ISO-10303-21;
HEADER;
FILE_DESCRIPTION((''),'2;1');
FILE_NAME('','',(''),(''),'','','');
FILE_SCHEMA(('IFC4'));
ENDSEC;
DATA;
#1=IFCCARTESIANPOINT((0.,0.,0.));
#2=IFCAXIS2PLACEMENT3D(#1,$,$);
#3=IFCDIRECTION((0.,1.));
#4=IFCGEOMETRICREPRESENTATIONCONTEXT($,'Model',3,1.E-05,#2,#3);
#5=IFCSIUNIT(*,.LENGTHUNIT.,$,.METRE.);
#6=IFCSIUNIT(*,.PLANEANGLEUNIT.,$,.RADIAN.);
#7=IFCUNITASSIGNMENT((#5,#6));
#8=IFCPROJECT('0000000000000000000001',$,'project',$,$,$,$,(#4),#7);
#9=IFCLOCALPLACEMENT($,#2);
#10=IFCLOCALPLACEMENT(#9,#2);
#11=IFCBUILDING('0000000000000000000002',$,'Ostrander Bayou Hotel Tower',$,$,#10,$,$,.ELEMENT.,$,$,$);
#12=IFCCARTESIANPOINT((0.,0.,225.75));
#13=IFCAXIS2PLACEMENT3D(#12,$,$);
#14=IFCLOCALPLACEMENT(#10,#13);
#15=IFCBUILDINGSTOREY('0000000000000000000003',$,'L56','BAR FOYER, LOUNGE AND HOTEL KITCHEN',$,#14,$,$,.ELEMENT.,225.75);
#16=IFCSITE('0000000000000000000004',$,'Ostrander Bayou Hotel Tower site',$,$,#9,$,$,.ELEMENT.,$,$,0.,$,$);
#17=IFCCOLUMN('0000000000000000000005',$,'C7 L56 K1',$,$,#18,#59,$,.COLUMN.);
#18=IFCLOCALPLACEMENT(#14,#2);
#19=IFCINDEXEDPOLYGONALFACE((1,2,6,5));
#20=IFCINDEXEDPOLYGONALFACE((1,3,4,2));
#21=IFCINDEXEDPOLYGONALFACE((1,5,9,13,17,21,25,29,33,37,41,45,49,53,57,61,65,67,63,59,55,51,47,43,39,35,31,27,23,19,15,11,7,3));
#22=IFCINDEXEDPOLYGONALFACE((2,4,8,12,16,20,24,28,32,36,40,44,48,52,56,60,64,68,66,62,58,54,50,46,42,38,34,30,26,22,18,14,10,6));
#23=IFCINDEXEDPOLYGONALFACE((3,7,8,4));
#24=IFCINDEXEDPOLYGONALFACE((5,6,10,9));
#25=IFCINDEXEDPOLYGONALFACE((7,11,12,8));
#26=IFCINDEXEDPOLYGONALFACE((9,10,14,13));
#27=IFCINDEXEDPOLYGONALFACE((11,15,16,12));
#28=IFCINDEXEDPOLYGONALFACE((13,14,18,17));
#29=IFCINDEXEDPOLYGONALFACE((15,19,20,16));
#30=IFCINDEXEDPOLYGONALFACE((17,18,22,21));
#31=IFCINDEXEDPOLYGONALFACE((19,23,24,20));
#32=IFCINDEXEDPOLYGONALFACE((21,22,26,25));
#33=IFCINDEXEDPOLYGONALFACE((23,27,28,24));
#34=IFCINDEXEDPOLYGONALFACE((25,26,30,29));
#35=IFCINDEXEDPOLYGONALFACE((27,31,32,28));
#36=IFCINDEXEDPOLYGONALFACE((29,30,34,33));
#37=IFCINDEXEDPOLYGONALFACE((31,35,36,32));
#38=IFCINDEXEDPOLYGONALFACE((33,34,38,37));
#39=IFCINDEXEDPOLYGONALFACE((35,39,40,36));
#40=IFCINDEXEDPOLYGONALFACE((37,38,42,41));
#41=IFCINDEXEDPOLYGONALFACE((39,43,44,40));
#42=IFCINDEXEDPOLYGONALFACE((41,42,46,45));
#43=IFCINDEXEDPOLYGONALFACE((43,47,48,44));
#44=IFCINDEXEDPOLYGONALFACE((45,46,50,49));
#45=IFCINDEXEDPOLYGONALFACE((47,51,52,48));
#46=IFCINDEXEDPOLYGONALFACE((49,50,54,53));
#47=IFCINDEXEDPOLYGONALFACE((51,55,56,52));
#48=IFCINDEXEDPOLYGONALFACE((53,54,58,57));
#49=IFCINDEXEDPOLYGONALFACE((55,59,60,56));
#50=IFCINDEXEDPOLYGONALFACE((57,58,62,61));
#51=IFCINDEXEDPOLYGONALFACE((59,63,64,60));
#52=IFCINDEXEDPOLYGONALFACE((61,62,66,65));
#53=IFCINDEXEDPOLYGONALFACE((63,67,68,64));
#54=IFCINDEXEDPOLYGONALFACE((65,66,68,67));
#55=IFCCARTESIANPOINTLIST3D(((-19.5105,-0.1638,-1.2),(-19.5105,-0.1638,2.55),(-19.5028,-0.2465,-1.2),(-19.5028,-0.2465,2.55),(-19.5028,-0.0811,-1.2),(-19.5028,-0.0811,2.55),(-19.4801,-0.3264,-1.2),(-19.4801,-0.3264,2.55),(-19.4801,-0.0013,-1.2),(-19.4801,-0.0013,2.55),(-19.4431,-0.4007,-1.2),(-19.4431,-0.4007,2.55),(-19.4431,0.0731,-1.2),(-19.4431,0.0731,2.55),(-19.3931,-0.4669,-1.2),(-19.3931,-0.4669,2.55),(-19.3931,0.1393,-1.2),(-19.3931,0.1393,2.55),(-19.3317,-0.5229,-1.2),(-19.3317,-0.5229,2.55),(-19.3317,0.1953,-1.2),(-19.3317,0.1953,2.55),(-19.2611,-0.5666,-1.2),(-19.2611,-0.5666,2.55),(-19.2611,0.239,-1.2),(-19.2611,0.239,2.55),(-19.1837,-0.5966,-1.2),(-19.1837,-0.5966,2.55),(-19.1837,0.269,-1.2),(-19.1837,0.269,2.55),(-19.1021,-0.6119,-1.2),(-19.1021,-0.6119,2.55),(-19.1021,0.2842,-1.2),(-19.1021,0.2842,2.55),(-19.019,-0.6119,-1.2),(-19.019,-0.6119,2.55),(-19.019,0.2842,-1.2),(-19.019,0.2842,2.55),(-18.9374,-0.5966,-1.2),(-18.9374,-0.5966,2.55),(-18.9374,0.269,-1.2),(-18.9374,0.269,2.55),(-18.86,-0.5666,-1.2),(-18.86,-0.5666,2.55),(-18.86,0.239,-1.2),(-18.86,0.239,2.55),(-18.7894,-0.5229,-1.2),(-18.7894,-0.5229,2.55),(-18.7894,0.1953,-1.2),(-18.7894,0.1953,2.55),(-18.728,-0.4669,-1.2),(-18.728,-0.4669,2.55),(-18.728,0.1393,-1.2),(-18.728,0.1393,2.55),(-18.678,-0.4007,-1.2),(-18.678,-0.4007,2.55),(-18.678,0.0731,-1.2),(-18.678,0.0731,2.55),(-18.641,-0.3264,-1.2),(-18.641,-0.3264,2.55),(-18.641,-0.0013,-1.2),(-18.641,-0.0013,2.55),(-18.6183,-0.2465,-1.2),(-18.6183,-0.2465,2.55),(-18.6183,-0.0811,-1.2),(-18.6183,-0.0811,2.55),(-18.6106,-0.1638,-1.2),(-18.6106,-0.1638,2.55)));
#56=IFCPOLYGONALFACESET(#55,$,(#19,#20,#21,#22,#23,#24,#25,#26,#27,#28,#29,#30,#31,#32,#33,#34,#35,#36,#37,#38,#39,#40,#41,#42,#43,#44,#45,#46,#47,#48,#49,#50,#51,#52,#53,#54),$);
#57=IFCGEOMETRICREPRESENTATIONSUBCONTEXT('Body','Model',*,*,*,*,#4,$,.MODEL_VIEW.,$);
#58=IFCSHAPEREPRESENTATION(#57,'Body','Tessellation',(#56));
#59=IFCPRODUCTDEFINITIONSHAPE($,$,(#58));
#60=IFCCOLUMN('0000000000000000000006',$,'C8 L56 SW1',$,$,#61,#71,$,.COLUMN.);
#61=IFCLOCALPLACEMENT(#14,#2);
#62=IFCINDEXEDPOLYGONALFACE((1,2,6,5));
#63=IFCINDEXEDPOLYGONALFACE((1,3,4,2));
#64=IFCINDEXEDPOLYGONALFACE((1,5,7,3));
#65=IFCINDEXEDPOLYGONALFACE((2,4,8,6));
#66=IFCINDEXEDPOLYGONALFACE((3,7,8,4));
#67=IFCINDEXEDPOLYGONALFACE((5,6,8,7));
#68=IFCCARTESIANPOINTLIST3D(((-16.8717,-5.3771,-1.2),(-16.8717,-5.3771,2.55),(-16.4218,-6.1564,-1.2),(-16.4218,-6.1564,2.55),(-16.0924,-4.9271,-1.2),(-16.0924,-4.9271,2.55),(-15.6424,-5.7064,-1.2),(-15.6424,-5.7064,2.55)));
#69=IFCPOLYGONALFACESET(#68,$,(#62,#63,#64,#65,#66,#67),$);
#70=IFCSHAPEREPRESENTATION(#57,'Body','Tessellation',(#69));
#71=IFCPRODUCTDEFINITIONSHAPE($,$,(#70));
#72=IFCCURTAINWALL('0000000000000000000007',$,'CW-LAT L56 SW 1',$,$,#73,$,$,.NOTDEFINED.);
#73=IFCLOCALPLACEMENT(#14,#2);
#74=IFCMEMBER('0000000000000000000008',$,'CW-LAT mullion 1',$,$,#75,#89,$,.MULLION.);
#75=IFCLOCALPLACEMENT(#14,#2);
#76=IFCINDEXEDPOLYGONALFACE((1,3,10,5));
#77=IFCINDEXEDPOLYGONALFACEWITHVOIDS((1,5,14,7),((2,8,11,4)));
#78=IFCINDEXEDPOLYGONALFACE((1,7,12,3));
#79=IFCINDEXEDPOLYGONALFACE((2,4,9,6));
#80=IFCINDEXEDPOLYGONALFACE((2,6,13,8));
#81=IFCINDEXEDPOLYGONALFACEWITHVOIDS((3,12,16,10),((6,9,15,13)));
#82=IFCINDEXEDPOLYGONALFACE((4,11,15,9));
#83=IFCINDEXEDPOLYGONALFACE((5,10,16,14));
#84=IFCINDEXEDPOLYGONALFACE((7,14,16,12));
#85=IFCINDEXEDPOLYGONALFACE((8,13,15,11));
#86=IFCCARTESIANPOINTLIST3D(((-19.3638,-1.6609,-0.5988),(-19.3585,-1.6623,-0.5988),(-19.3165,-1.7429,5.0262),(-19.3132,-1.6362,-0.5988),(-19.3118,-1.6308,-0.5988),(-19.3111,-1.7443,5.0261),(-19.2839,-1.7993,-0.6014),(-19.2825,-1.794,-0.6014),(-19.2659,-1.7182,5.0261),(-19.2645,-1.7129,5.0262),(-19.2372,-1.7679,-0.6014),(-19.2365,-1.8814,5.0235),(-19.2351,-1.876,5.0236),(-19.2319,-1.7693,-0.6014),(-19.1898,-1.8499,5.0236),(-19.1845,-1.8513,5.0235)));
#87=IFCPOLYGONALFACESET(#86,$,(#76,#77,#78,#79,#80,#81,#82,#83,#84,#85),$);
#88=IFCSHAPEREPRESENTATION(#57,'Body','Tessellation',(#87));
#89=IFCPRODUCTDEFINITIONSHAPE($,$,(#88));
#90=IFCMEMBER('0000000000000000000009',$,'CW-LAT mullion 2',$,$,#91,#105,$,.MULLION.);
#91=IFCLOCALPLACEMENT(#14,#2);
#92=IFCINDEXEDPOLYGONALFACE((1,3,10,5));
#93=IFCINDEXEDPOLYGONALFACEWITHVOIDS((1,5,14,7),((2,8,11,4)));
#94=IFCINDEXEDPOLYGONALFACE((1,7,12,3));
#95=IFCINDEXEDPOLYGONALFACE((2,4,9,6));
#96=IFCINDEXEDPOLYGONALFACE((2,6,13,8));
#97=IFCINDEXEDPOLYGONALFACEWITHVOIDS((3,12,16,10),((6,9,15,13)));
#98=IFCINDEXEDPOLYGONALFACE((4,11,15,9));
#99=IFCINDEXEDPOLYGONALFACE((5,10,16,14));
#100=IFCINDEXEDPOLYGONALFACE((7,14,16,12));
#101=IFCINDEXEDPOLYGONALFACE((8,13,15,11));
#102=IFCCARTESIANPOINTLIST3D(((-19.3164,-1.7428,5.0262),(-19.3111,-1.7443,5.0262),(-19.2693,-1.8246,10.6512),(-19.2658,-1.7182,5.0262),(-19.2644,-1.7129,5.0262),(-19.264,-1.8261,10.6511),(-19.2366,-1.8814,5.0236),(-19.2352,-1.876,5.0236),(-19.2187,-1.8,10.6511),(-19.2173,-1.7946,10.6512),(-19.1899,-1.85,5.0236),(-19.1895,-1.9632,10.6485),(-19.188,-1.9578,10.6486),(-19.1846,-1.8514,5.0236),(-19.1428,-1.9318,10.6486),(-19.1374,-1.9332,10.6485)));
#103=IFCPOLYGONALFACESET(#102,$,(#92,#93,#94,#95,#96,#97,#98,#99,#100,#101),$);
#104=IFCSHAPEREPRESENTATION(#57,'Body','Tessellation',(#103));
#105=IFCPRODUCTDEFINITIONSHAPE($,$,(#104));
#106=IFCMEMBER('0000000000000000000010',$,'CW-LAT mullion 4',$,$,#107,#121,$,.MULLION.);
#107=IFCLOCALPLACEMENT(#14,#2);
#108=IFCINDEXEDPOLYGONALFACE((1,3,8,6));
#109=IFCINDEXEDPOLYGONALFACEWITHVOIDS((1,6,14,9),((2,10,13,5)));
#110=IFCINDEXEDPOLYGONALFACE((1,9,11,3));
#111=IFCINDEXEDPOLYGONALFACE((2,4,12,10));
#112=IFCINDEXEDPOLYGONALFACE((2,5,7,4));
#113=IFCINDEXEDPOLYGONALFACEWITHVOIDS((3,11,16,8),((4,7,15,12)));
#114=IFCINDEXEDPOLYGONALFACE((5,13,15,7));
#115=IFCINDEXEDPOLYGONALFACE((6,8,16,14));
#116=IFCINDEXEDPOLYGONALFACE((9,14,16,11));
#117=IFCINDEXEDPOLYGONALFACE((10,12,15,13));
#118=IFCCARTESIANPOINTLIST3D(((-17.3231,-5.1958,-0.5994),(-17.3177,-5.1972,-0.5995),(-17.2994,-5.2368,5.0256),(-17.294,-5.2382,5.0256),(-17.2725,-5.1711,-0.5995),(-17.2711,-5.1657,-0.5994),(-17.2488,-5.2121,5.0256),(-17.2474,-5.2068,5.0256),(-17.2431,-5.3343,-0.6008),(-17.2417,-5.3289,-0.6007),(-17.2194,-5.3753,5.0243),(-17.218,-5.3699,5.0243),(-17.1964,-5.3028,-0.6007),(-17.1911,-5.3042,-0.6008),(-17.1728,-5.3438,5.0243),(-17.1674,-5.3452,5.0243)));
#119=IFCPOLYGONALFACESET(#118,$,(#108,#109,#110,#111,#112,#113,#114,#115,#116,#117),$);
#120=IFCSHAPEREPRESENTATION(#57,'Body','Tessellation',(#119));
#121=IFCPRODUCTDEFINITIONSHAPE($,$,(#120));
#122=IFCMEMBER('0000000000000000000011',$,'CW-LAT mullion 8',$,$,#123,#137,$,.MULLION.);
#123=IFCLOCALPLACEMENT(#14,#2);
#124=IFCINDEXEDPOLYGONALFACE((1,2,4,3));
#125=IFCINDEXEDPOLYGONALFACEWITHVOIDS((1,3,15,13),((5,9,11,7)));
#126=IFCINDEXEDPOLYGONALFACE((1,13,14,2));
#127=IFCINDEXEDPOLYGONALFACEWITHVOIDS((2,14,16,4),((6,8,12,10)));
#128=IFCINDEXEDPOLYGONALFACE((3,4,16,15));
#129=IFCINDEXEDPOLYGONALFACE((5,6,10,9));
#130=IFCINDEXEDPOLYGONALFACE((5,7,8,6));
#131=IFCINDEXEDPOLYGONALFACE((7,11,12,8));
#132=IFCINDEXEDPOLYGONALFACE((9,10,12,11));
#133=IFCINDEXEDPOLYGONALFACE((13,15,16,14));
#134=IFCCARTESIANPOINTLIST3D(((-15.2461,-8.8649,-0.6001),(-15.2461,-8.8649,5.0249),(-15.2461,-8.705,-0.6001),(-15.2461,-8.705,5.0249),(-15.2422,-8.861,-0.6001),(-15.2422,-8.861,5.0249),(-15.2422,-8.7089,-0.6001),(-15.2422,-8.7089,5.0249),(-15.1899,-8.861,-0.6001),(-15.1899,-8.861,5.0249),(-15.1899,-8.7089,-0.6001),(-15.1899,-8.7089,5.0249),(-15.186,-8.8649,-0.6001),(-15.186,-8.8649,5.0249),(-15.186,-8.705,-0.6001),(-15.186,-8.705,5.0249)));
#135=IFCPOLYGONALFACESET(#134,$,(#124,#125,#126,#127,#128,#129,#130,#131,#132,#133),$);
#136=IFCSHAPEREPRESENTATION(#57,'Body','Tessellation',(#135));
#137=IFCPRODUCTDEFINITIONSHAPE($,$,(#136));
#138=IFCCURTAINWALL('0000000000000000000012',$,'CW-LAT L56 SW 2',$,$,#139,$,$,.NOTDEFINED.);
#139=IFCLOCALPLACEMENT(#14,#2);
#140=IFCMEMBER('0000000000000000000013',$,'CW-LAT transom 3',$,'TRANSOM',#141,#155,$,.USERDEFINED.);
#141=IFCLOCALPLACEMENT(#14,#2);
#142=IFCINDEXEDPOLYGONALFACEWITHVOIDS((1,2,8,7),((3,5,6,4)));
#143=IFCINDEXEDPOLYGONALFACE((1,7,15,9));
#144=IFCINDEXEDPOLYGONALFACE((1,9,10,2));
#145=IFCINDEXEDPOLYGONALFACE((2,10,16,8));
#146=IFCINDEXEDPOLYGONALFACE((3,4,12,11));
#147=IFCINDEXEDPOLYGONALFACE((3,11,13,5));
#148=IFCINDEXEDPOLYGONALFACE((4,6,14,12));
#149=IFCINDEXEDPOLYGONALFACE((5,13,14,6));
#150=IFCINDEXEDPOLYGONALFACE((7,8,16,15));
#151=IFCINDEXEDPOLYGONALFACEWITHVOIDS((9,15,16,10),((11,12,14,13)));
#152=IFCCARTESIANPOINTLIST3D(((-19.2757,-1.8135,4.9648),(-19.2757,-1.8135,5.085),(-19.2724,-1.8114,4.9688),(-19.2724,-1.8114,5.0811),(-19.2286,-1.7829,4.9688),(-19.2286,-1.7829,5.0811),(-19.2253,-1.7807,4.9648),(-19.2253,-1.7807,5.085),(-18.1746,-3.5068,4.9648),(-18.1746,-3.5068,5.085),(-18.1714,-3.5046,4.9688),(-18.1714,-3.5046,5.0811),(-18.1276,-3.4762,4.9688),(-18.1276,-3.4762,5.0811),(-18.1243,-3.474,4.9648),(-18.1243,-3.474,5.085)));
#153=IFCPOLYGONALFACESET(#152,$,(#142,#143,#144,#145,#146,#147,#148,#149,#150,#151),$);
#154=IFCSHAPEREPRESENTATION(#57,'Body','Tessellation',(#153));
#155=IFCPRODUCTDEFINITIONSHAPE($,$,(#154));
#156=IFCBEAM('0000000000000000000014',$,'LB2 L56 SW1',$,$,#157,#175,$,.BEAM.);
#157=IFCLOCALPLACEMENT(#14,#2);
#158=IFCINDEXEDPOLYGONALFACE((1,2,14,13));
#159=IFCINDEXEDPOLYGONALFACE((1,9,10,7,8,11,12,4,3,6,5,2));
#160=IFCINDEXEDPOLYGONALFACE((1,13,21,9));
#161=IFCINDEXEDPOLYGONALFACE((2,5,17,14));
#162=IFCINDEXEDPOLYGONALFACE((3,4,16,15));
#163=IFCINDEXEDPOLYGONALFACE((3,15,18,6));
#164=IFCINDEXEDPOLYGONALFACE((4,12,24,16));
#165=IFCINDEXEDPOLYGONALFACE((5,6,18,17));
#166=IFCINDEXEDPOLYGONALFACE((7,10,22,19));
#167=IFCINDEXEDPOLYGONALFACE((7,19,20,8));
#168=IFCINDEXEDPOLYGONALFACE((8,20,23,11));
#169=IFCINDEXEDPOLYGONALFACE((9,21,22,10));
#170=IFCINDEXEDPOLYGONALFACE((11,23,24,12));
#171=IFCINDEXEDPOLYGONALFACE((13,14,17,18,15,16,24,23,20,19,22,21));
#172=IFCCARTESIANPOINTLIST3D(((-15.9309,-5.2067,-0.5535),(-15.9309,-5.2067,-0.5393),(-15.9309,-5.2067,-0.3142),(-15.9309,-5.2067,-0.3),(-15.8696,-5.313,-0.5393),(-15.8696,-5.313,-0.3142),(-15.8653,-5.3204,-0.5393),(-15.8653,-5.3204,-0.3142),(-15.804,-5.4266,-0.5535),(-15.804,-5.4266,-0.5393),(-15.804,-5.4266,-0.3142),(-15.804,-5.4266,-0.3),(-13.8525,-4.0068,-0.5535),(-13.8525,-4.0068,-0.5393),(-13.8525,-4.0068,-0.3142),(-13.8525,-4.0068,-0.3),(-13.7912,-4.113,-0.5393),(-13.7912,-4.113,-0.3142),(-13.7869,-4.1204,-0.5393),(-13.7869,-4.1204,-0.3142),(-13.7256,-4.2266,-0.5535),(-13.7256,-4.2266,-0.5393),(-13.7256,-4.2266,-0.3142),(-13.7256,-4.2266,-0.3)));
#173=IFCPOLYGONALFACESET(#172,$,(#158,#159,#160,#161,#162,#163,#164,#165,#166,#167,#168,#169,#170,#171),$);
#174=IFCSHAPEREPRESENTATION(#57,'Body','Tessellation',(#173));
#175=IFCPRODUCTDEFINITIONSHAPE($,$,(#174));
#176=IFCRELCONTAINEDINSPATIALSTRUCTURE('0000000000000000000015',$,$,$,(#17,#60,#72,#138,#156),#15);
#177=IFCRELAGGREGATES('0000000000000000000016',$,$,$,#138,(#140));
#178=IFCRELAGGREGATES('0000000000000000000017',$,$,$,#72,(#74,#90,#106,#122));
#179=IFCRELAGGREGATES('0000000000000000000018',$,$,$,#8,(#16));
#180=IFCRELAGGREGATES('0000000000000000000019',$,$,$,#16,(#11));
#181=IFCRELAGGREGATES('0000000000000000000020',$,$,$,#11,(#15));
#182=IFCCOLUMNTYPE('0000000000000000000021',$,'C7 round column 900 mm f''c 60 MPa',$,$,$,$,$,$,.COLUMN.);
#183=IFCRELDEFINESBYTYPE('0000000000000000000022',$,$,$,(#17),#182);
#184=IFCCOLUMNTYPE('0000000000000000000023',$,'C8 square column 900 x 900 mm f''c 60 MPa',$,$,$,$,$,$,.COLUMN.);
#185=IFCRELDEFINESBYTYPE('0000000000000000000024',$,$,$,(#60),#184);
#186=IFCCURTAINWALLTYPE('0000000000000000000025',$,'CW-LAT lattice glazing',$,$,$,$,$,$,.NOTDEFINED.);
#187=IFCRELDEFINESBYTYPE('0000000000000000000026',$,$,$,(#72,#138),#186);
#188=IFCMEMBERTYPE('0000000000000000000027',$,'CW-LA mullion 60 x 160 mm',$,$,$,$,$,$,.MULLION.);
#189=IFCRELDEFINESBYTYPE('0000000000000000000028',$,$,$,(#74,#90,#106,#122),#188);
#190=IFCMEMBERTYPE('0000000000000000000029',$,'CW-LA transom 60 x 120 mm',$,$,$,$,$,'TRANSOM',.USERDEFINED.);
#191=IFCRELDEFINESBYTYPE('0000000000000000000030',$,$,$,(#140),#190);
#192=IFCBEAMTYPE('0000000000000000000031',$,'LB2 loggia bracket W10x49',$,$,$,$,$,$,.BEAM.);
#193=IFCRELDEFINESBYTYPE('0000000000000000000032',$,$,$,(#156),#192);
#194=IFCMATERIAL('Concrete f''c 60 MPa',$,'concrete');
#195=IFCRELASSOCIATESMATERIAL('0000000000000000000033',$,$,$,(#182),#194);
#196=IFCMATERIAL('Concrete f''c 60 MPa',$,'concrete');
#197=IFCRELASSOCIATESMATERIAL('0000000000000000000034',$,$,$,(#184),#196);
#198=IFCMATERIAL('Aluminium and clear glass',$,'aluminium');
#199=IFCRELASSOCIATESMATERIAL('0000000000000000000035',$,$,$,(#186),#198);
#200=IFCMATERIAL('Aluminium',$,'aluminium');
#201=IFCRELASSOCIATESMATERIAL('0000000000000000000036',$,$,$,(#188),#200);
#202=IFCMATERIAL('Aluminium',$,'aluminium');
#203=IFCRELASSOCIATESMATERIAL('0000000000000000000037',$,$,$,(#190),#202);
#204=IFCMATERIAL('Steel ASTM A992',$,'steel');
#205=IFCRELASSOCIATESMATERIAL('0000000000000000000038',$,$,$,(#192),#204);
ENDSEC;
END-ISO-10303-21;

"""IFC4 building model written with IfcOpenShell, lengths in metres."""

from ifc_helpers import new_model, si_unit, direction, frame, origin, origin_2d, place, context, subcontext, project, spatial, rectangle, hollow_rectangle, circle, i_section, extrude, material, material_profile, profile_set, type_object, element, aggregate, save


model = new_model("IFC4")

# Units and contexts
model_context = context("Model", 3, precision=1e-05, world=origin(), true_north=direction((0.0, 1.0)))
body_context = subcontext(model_context, "Body", "Model", "MODEL_VIEW")
ifc_project = project(units=[si_unit("LENGTHUNIT", "METRE"), si_unit("PLANEANGLEUNIT", "RADIAN")], contexts=[model_context])

# Site, building, storey
site_placement = place(None, origin())
site = spatial("IfcSite", under=ifc_project, at=site_placement, Name="Ostrander Bayou Hotel Tower site", CompositionType="ELEMENT", RefElevation=0.0)
building_placement = place(site_placement, origin())
building = spatial("IfcBuilding", under=site, at=building_placement, Name="Ostrander Bayou Hotel Tower", CompositionType="ELEMENT")
storey_placement = place(building_placement, frame((0.0, 0.0, 225.75)))
storey = spatial("IfcBuildingStorey", under=building, at=storey_placement, Name="L56", Description="BAR FOYER, LOUNGE AND HOTEL KITCHEN", CompositionType="ELEMENT", Elevation=225.75)

# Columns
ifc_material_1 = material(Name="Concrete f'c 60 MPa", Category="concrete")
ifc_material_profile_1 = material_profile(ifc_material_1, circle(Radius=0.45, at=origin_2d()))
ifc_profile_set_1 = profile_set([ifc_material_profile_1], Name="Concrete f'c 60 MPa")
column_type_1 = type_object("IfcColumnType", Name="C7 round column 900 mm f'c 60 MPa", PredefinedType="COLUMN", material=ifc_profile_set_1)
column_1_placement = place(storey_placement, frame((-19.0605, -0.1638, -1.2), z_axis=(0.0, 0.0, 1.0), x_axis=(1.0, 0.0, 0.0)))
element("IfcColumn", 1, at=column_1_placement, inside=storey, type_object=column_type_1, Name="C7 L56 K1", PredefinedType="COLUMN", context=body_context, shape_type="SweptSolid", body=[
    extrude(circle(Radius=0.45, at=origin_2d()), origin(), (0.0, 0.0, 1.0), 3.75),
])
ifc_material_2 = material(Name="Concrete f'c 60 MPa", Category="concrete")
ifc_material_profile_2 = material_profile(ifc_material_2, rectangle(XDim=0.8999, YDim=0.8999, at=origin_2d()))
ifc_profile_set_2 = profile_set([ifc_material_profile_2], Name="Concrete f'c 60 MPa")
column_type_2 = type_object("IfcColumnType", Name="C8 square column 900 x 900 mm f'c 60 MPa", PredefinedType="COLUMN", material=ifc_profile_set_2)
column_2_placement = place(storey_placement, frame((-16.2571, -5.5417, -1.2), z_axis=(0.0, 0.0, 1.0), x_axis=(-0.5, 0.866025, 0.0)))
element("IfcColumn", 2, at=column_2_placement, inside=storey, type_object=column_type_2, Name="C8 L56 SW1", PredefinedType="COLUMN", context=body_context, shape_type="SweptSolid", body=[
    extrude(rectangle(XDim=0.8999, YDim=0.8999, at=origin_2d()), origin(), (0.0, 0.0, 1.0), 3.75),
])

# Curtain wall, members
ifc_material_3 = material(Name="Aluminium and clear glass", Category="aluminium")
curtain_wall_type = type_object("IfcCurtainWallType", Name="CW-LAT lattice glazing", PredefinedType="NOTDEFINED", material=ifc_material_3)
curtain_wall_1_placement = place(storey_placement, origin())
curtain_wall_1 = element("IfcCurtainWall", 3, at=curtain_wall_1_placement, inside=storey, type_object=curtain_wall_type, Name="CW-LAT L56 SW 1", PredefinedType="NOTDEFINED")
ifc_material_4 = material(Name="Aluminium", Category="aluminium")
ifc_material_profile_3 = material_profile(ifc_material_4, hollow_rectangle(XDim=0.0601, YDim=0.1599, WallThickness=0.0039, at=origin_2d()))
ifc_profile_set_3 = profile_set([ifc_material_profile_3], Name="Aluminium")
member_type_1 = type_object("IfcMemberType", Name="CW-LA mullion 60 x 160 mm", PredefinedType="MULLION", material=ifc_profile_set_3)
member_1_placement = place(storey_placement, frame((-19.2979, -1.7151, -0.6001), z_axis=(0.008419, -0.014581, 0.999858), x_axis=(0.866014, 0.50002, 0.0)))
member_1 = element("IfcMember", 4, at=member_1_placement, type_object=member_type_1, Name="CW-LAT mullion 1", PredefinedType="MULLION", context=body_context, shape_type="SweptSolid", body=[
    extrude(hollow_rectangle(XDim=0.0601, YDim=0.1599, WallThickness=0.0039, at=origin_2d()), origin(), (0.0, 0.0, 1.0), 5.6257),
])
member_2_placement = place(storey_placement, frame((-19.2505, -1.7971, 5.0249), z_axis=(0.008376, -0.014538, 0.999859), x_axis=(0.866487, 0.4992, 0.0)))
member_2 = element("IfcMember", 5, at=member_2_placement, type_object=member_type_1, Name="CW-LAT mullion 2", PredefinedType="MULLION", context=body_context, shape_type="SweptSolid", body=[
    extrude(hollow_rectangle(XDim=0.0601, YDim=0.1599, WallThickness=0.0039, at=origin_2d()), origin(), (0.0, 0.0, 1.0), 5.6257),
])
member_3_placement = place(storey_placement, frame((-17.2571, -5.25, -0.6001), z_axis=(0.00421, -0.007291, 0.999965), x_axis=(0.866014, 0.50002, 0.0)))
member_3 = element("IfcMember", 6, at=member_3_placement, type_object=member_type_1, Name="CW-LAT mullion 4", PredefinedType="MULLION", context=body_context, shape_type="SweptSolid", body=[
    extrude(hollow_rectangle(XDim=0.0601, YDim=0.1599, WallThickness=0.0039, at=origin_2d()), origin(), (0.0, 0.0, 1.0), 5.6252),
])
member_4_placement = place(storey_placement, frame((-15.2161, -8.7849, -0.6001), z_axis=(0.0, 0.0, 1.0), x_axis=(1.0, 0.0, 0.0)))
member_4 = element("IfcMember", 7, at=member_4_placement, type_object=member_type_1, Name="CW-LAT mullion 8", PredefinedType="MULLION", context=body_context, shape_type="SweptSolid", body=[
    extrude(hollow_rectangle(XDim=0.0601, YDim=0.1599, WallThickness=0.0039, at=origin_2d()), origin(), (0.0, 0.0, 1.0), 5.625),
])

# Curtain wall, member
curtain_wall_2_placement = place(storey_placement, origin())
curtain_wall_2 = element("IfcCurtainWall", 8, at=curtain_wall_2_placement, inside=storey, type_object=curtain_wall_type, Name="CW-LAT L56 SW 2", PredefinedType="NOTDEFINED")
ifc_material_5 = material(Name="Aluminium", Category="aluminium")
ifc_material_profile_4 = material_profile(ifc_material_5, hollow_rectangle(XDim=0.0601, YDim=0.1201, WallThickness=0.0039, at=origin_2d()))
ifc_profile_set_4 = profile_set([ifc_material_profile_4], Name="Aluminium")
member_type_2 = type_object("IfcMemberType", Name="CW-LA transom 60 x 120 mm", ElementType="TRANSOM", PredefinedType="USERDEFINED", material=ifc_profile_set_4)
member_5_placement = place(storey_placement, frame((-19.2505, -1.7971, 5.0249), z_axis=(0.545124, -0.838355, 0.0), x_axis=(0.838355, 0.545124, 0.0)))
member_5 = element("IfcMember", 9, at=member_5_placement, type_object=member_type_2, Name="CW-LAT transom 3", ObjectType="TRANSOM", PredefinedType="USERDEFINED", context=body_context, shape_type="SweptSolid", body=[
    extrude(hollow_rectangle(XDim=0.0601, YDim=0.1201, WallThickness=0.0039, at=origin_2d()), origin(), (0.0, 0.0, 1.0), 2.0198),
])
aggregate(curtain_wall_2, [member_5])

# Beam
ifc_material_6 = material(Name="Steel ASTM A992", Category="steel")
ifc_material_profile_5 = material_profile(ifc_material_6, i_section(OverallWidth=0.2539, OverallDepth=0.2534, WebThickness=0.0085, FlangeThickness=0.0142, at=origin_2d()))
ifc_profile_set_5 = profile_set([ifc_material_profile_5], Name="Steel ASTM A992")
beam_type_1 = type_object("IfcBeamType", Name="LB2 loggia bracket W10x49", PredefinedType="BEAM", material=ifc_profile_set_5)
beam_1_placement = place(storey_placement, frame((-15.8674, -5.3167, -0.4268), z_axis=(0.866025, 0.500001, 0.0), x_axis=(-0.500001, 0.866025, 0.0)))
element("IfcBeam", 10, at=beam_1_placement, inside=storey, type_object=beam_type_1, Name="LB2 L56 SW1", PredefinedType="BEAM", context=body_context, shape_type="SweptSolid", body=[
    extrude(i_section(OverallWidth=0.2539, OverallDepth=0.2534, WebThickness=0.0085, FlangeThickness=0.0142, at=origin_2d()), origin(), (0.0, 0.0, 1.0), 2.3999),
])

aggregate(curtain_wall_1, [member_1, member_2, member_3, member_4])

save(model, "model.ifc")
